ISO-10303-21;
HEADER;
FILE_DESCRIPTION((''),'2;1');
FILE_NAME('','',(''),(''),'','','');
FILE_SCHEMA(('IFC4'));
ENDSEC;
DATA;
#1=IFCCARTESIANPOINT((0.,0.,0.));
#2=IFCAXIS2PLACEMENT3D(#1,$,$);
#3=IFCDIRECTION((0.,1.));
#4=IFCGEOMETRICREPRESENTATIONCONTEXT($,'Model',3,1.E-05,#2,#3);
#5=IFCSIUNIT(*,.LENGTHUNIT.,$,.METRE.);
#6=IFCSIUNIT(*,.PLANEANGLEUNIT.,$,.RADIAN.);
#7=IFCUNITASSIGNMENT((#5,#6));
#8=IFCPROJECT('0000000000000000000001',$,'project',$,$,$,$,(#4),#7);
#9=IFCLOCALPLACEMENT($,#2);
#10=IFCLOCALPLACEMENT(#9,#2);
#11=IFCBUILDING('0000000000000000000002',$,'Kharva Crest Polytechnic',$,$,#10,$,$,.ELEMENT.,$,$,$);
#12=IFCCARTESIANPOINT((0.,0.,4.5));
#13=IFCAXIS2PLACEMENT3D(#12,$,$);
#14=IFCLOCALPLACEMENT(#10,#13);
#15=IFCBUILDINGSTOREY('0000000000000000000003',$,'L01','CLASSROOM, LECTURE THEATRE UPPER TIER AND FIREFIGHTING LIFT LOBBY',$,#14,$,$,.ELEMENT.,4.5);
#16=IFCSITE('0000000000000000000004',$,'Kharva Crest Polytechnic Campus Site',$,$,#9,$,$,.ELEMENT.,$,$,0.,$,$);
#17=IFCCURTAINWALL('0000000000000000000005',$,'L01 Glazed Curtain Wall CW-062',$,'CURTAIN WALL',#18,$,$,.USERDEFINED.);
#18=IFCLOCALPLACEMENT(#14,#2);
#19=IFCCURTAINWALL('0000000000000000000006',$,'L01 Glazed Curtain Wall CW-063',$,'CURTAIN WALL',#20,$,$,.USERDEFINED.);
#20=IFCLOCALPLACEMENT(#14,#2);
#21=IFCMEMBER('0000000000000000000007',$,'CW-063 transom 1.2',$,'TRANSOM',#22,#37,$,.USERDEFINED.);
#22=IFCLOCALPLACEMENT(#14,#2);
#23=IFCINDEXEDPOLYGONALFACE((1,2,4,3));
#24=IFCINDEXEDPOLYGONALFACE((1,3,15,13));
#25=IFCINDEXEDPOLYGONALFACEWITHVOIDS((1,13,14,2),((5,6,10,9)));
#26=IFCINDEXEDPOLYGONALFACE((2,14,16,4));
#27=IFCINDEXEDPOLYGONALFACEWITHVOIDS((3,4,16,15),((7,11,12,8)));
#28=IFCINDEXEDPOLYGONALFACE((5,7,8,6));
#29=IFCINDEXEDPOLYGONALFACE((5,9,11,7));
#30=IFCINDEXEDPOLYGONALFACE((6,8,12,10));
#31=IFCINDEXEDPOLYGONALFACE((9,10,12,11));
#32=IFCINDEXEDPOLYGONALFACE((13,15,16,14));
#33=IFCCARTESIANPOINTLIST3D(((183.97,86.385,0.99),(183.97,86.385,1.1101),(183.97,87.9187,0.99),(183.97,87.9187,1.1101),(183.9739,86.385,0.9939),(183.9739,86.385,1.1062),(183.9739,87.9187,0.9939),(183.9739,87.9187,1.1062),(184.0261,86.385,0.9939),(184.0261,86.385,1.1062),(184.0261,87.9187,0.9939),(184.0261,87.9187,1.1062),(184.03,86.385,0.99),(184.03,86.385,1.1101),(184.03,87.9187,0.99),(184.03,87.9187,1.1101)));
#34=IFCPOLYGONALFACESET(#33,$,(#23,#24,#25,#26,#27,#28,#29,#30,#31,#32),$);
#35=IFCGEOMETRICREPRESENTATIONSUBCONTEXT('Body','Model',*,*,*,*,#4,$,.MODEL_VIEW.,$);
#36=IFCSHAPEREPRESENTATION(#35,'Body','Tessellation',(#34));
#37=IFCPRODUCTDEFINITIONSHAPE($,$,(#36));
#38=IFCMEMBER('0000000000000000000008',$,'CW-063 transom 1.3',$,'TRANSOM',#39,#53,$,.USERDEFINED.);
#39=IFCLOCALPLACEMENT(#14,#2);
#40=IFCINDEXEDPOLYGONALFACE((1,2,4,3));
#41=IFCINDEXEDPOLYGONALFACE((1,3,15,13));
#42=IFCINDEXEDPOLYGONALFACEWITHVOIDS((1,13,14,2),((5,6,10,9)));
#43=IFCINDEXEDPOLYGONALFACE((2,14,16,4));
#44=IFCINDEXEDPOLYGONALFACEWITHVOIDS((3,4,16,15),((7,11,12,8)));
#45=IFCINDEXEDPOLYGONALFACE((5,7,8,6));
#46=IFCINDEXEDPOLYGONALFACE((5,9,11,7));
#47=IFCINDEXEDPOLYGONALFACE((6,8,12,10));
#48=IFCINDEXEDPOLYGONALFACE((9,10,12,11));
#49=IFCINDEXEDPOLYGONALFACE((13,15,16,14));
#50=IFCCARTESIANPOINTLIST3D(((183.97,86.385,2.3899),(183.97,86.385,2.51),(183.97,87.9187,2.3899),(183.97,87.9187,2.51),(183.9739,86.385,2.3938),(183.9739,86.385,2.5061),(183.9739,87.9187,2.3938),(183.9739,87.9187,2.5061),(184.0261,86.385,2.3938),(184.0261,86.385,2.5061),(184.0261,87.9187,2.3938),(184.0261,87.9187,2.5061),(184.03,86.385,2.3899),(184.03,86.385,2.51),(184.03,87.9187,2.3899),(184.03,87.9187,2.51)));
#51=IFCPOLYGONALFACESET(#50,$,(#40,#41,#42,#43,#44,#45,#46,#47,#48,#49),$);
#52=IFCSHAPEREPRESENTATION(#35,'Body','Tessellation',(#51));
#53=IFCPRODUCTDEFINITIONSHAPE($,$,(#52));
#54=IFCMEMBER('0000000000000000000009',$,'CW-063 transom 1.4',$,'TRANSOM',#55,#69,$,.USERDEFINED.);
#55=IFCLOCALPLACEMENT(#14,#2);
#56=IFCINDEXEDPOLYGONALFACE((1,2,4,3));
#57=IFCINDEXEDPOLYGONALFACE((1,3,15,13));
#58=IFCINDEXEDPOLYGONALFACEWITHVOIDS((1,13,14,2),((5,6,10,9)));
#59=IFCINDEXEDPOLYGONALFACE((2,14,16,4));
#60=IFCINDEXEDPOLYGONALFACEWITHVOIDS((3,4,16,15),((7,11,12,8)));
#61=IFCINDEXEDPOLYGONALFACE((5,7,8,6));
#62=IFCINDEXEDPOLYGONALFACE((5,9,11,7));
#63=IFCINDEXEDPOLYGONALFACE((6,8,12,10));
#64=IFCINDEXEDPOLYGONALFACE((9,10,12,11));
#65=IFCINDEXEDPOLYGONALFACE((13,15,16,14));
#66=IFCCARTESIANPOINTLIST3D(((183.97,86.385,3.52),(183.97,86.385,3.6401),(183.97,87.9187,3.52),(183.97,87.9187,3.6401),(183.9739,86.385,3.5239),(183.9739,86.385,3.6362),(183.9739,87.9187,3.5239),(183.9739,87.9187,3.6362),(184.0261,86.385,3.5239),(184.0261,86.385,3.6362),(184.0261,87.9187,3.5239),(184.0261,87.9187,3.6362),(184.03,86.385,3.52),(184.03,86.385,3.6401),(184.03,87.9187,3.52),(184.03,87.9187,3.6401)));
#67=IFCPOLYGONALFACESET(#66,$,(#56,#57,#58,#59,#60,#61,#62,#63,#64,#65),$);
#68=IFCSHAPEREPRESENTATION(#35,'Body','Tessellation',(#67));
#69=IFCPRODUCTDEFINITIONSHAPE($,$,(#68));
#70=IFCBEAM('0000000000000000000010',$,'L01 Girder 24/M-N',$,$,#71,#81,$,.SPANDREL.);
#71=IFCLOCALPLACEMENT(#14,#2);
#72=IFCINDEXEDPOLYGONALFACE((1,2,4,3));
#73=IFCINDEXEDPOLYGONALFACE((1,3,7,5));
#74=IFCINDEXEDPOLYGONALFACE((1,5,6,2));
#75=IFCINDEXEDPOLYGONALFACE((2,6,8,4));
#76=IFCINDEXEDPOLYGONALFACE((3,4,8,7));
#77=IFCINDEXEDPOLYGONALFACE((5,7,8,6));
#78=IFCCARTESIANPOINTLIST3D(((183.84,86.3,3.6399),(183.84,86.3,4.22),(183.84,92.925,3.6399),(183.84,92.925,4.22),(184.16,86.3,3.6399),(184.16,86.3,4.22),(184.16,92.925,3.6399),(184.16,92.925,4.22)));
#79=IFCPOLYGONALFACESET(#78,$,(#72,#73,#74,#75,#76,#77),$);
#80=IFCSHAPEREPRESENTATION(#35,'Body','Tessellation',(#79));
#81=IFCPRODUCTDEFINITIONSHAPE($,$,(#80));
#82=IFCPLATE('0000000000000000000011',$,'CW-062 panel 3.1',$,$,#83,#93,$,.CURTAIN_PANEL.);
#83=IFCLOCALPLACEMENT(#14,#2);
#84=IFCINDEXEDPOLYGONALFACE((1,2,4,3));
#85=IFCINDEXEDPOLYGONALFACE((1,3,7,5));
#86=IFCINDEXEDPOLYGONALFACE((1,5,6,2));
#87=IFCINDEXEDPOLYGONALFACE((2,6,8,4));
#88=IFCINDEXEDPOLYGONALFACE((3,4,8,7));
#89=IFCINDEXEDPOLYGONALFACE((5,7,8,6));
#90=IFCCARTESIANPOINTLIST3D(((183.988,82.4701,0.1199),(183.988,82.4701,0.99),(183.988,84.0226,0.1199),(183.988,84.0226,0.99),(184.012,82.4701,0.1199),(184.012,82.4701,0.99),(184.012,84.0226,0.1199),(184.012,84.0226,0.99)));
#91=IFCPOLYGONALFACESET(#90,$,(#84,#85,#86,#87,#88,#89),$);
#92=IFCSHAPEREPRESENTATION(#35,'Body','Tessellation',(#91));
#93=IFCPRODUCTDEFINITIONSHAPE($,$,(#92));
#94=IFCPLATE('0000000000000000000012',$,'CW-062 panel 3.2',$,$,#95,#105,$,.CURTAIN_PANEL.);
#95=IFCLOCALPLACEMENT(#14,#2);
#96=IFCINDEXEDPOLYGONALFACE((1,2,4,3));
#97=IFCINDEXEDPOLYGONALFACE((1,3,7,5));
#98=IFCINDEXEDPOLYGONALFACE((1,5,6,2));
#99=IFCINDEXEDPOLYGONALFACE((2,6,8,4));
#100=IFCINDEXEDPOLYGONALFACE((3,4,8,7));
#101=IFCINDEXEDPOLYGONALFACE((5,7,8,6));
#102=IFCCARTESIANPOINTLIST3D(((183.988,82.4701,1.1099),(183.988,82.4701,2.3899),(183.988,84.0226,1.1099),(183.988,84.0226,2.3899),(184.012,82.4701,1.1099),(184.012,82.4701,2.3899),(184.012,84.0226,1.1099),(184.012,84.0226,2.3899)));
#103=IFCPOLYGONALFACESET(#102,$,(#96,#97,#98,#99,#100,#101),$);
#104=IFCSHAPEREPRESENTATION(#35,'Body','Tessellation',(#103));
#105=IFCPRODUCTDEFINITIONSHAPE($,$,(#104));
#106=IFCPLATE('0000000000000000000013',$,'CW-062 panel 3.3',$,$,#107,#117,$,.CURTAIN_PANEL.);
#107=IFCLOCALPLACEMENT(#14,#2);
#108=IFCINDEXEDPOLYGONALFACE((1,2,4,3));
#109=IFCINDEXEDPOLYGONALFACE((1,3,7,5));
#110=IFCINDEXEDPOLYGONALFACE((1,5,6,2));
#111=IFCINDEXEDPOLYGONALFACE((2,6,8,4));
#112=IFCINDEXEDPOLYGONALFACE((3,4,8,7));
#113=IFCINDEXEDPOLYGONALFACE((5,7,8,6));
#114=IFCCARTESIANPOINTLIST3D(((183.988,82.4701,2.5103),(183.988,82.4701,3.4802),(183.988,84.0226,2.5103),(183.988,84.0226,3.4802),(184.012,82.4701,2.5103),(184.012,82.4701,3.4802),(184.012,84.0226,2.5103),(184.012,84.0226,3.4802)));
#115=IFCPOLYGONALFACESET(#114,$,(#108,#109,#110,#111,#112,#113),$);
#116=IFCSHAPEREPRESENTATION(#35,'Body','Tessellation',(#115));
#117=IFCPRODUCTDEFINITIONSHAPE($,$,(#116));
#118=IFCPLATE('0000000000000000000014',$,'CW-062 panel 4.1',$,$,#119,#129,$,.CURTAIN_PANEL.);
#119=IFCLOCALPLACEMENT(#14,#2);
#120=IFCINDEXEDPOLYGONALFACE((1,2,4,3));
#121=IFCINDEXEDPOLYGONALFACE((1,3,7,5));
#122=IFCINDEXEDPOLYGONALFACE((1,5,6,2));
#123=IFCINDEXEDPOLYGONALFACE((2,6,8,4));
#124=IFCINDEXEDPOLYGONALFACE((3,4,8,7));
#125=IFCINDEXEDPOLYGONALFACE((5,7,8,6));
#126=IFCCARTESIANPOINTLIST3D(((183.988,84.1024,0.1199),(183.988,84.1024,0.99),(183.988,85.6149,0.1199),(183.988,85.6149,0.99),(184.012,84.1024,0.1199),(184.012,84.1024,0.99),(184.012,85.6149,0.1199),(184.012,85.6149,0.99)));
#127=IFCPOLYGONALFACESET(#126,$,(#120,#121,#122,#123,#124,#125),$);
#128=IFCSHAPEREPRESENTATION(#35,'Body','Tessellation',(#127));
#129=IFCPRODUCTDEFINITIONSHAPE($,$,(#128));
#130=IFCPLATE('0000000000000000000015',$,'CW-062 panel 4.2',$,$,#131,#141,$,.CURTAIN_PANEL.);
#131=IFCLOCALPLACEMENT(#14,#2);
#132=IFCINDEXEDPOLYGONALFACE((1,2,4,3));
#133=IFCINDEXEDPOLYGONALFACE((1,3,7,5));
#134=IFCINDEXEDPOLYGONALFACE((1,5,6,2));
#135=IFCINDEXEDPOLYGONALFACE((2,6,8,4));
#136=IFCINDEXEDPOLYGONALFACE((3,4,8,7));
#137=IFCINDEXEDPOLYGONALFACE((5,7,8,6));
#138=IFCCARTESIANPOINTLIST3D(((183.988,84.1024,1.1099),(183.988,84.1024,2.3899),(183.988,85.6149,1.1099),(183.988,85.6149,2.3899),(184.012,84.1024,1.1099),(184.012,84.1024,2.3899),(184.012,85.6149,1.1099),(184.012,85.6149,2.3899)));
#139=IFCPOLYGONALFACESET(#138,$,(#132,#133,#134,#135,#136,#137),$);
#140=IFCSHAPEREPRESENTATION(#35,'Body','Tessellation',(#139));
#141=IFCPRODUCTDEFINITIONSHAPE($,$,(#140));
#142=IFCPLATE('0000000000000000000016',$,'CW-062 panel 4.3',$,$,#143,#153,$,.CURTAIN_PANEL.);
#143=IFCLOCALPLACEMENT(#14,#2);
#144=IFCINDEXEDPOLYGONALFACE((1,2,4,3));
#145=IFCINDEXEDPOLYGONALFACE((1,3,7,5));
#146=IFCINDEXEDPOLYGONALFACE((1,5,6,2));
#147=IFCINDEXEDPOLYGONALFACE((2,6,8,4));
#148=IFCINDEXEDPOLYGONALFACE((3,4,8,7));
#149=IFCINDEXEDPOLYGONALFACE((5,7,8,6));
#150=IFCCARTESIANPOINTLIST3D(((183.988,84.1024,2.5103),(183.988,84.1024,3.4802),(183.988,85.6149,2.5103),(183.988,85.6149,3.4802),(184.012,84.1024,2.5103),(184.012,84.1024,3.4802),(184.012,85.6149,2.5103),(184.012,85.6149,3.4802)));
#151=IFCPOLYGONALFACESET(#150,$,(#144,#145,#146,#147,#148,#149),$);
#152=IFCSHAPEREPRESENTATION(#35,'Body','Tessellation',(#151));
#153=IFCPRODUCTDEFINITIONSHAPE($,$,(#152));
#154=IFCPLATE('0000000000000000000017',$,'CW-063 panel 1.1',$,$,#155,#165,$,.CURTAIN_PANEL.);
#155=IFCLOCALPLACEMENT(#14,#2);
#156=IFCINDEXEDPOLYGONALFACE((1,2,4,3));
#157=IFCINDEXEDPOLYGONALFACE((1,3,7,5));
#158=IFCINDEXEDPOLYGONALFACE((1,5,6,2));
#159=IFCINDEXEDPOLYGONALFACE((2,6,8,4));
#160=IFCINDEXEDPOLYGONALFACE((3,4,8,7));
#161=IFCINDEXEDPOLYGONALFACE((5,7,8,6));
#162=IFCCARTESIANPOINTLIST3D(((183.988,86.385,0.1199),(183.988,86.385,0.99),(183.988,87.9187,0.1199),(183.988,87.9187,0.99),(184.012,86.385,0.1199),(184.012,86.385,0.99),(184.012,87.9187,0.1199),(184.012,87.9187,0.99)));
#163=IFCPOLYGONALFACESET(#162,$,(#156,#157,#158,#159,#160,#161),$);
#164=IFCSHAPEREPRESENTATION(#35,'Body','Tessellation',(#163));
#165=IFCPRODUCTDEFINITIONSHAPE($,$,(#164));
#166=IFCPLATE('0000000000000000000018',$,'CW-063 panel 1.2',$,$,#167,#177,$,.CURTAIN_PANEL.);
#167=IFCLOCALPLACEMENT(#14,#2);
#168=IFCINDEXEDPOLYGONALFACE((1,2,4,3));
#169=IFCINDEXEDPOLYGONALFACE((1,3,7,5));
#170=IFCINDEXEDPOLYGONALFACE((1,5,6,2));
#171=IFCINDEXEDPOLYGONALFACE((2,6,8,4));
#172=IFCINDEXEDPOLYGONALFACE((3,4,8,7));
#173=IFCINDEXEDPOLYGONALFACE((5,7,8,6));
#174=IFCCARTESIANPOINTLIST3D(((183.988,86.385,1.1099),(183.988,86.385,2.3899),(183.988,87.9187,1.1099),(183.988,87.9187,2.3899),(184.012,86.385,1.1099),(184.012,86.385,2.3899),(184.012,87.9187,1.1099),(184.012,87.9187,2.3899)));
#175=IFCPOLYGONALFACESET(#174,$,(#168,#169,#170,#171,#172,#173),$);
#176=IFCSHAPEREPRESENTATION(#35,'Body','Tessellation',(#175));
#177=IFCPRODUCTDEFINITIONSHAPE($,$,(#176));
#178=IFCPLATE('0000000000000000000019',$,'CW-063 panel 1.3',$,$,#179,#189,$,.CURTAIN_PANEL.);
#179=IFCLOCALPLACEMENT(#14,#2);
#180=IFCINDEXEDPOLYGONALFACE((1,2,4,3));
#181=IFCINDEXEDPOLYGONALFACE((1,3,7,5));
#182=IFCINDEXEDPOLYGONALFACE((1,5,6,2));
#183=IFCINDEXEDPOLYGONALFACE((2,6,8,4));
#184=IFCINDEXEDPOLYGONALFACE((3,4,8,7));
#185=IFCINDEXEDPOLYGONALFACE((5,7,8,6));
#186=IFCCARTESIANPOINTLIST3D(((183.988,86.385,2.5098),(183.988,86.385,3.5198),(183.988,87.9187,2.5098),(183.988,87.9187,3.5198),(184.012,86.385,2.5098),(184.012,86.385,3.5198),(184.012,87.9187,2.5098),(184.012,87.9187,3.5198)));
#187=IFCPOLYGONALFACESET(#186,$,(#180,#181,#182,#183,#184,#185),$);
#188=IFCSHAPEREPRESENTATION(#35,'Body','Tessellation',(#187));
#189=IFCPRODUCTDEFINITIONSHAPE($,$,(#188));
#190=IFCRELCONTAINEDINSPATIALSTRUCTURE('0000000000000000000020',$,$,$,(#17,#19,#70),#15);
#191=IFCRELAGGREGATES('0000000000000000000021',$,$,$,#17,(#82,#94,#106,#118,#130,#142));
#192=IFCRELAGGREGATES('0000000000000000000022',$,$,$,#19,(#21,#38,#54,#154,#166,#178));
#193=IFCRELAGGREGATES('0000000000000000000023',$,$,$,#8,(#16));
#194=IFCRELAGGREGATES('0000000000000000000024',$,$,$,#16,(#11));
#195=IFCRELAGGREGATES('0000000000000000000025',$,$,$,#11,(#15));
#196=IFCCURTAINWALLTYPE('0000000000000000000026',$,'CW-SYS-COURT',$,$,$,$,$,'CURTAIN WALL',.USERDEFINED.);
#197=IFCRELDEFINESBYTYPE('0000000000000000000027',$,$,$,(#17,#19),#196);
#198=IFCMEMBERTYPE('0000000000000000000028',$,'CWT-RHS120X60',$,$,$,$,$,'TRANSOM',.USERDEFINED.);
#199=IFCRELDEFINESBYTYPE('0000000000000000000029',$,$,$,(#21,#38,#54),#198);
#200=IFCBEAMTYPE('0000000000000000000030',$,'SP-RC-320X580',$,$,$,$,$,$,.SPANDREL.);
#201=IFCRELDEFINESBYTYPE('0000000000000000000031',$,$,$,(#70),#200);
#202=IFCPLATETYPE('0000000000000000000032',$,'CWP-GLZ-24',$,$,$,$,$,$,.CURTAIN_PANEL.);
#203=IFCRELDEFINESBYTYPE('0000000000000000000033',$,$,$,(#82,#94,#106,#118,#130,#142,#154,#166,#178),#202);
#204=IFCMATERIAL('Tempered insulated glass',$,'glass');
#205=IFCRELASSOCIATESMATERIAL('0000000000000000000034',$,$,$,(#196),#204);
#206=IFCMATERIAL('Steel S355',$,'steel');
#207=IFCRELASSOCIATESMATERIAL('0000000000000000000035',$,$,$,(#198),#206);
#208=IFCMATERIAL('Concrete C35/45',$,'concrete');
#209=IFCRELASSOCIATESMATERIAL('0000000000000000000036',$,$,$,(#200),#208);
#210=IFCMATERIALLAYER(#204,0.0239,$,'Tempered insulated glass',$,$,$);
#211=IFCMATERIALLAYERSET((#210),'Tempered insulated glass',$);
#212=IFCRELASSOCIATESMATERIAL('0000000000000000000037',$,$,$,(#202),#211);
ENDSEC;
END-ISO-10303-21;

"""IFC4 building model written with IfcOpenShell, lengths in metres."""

from ifc_helpers import new_model, si_unit, direction, frame, origin, origin_2d, place, context, subcontext, project, spatial, rectangle, hollow_rectangle, extrude, material, layer, layer_set, material_profile, profile_set, type_object, element, aggregate, save


model = new_model("IFC4")

# Units and contexts
model_context = context("Model", 3, precision=1e-05, world=origin(), true_north=direction((0.0, 1.0)))
body_context = subcontext(model_context, "Body", "Model", "MODEL_VIEW")
ifc_project = project(units=[si_unit("LENGTHUNIT", "METRE"), si_unit("PLANEANGLEUNIT", "RADIAN")], contexts=[model_context])

# Site, building, storey
site_placement = place(None, origin())
site = spatial("IfcSite", under=ifc_project, at=site_placement, Name="Kharva Crest Polytechnic Campus Site", CompositionType="ELEMENT", RefElevation=0.0)
building_placement = place(site_placement, origin())
building = spatial("IfcBuilding", under=site, at=building_placement, Name="Kharva Crest Polytechnic", CompositionType="ELEMENT")
storey_placement = place(building_placement, frame((0.0, 0.0, 4.5)))
storey = spatial("IfcBuildingStorey", under=building, at=storey_placement, Name="L01", Description="CLASSROOM, LECTURE THEATRE UPPER TIER AND FIREFIGHTING LIFT LOBBY", CompositionType="ELEMENT", Elevation=4.5)

# Curtain walls
ifc_material_1 = material(Name="Tempered insulated glass", Category="glass")
curtain_wall_type = type_object("IfcCurtainWallType", Name="CW-SYS-COURT", ElementType="CURTAIN WALL", PredefinedType="USERDEFINED", material=ifc_material_1)
curtain_wall_1_placement = place(storey_placement, origin())
curtain_wall_1 = element("IfcCurtainWall", 1, at=curtain_wall_1_placement, inside=storey, type_object=curtain_wall_type, Name="L01 Glazed Curtain Wall CW-062", ObjectType="CURTAIN WALL", PredefinedType="USERDEFINED")
ifc_material_2 = material(Name="Steel S355", Category="steel")
curtain_wall_2_placement = place(storey_placement, origin())
curtain_wall_2 = element("IfcCurtainWall", 2, at=curtain_wall_2_placement, inside=storey, type_object=curtain_wall_type, Name="L01 Glazed Curtain Wall CW-063", ObjectType="CURTAIN WALL", PredefinedType="USERDEFINED")

# Members
ifc_material_profile_1 = material_profile(ifc_material_2, hollow_rectangle(XDim=0.0601, YDim=0.1201, WallThickness=0.0039, at=origin_2d()), Name="RHS 120X60X4.0")
ifc_profile_set_1 = profile_set([ifc_material_profile_1], Name="Steel S355")
member_type_1 = type_object("IfcMemberType", Name="CWT-RHS120X60", ElementType="TRANSOM", PredefinedType="USERDEFINED", material=ifc_profile_set_1)
member_1_placement = place(storey_placement, frame((184.0, 86.385, 1.05), z_axis=(0.0, 1.0, 0.0), x_axis=(-1.0, 0.0, 0.0)))
member_1 = element("IfcMember", 3, at=member_1_placement, type_object=member_type_1, Name="CW-063 transom 1.2", ObjectType="TRANSOM", PredefinedType="USERDEFINED", context=body_context, shape_type="SweptSolid", body=[
    extrude(hollow_rectangle(XDim=0.0601, YDim=0.1201, WallThickness=0.0039, at=origin_2d()), origin(), (0.0, 0.0, 1.0), 1.5337),
])
member_2_placement = place(storey_placement, frame((184.0, 86.385, 2.45), z_axis=(0.0, 1.0, 0.0), x_axis=(-1.0, 0.0, 0.0)))
member_2 = element("IfcMember", 4, at=member_2_placement, type_object=member_type_1, Name="CW-063 transom 1.3", ObjectType="TRANSOM", PredefinedType="USERDEFINED", context=body_context, shape_type="SweptSolid", body=[
    extrude(hollow_rectangle(XDim=0.0601, YDim=0.1201, WallThickness=0.0039, at=origin_2d()), origin(), (0.0, 0.0, 1.0), 1.5337),
])
member_3_placement = place(storey_placement, frame((184.0, 86.385, 3.5801), z_axis=(0.0, 1.0, 0.0), x_axis=(-1.0, 0.0, 0.0)))
member_3 = element("IfcMember", 5, at=member_3_placement, type_object=member_type_1, Name="CW-063 transom 1.4", ObjectType="TRANSOM", PredefinedType="USERDEFINED", context=body_context, shape_type="SweptSolid", body=[
    extrude(hollow_rectangle(XDim=0.0601, YDim=0.1201, WallThickness=0.0039, at=origin_2d()), origin(), (0.0, 0.0, 1.0), 1.5337),
])

# Beam
ifc_material_3 = material(Name="Concrete C35/45", Category="concrete")
ifc_material_profile_2 = material_profile(ifc_material_3, rectangle(XDim=0.3201, YDim=0.5801, at=origin_2d()), Name="RECT 320 X 580")
ifc_profile_set_2 = profile_set([ifc_material_profile_2], Name="Concrete C35/45")
beam_type = type_object("IfcBeamType", Name="SP-RC-320X580", PredefinedType="SPANDREL", material=ifc_profile_set_2)
beam_placement = place(storey_placement, frame((184.0, 86.3, 3.9299), z_axis=(0.0, 1.0, 0.0), x_axis=(-1.0, 0.0, 0.0)))
element("IfcBeam", 6, at=beam_placement, inside=storey, type_object=beam_type, Name="L01 Girder 24/M-N", PredefinedType="SPANDREL", context=body_context, shape_type="SweptSolid", body=[
    extrude(rectangle(XDim=0.3201, YDim=0.5801, at=origin_2d()), origin(), (0.0, 0.0, 1.0), 6.625),
])

# Plates
ifc_layer = layer(ifc_material_1, 0.0239, Name="Tempered insulated glass")
ifc_layer_set = layer_set([ifc_layer], Name="Tempered insulated glass")
plate_type = type_object("IfcPlateType", Name="CWP-GLZ-24", PredefinedType="CURTAIN_PANEL", material=ifc_layer_set)
plate_1_placement = place(storey_placement, frame((184.0, 83.2463, 0.1199), z_axis=(0.0, 0.0, 1.0), x_axis=(0.0, 1.0, 0.0)))
plate_1 = element("IfcPlate", 7, at=plate_1_placement, type_object=plate_type, Name="CW-062 panel 3.1", PredefinedType="CURTAIN_PANEL", context=body_context, shape_type="SweptSolid", body=[
    extrude(rectangle(XDim=1.5525, YDim=0.0239, at=origin_2d()), origin(), (0.0, 0.0, 1.0), 0.8701),
])
plate_2_placement = place(storey_placement, frame((184.0, 83.2463, 1.1099), z_axis=(0.0, 0.0, 1.0), x_axis=(0.0, 1.0, 0.0)))
plate_2 = element("IfcPlate", 8, at=plate_2_placement, type_object=plate_type, Name="CW-062 panel 3.2", PredefinedType="CURTAIN_PANEL", context=body_context, shape_type="SweptSolid", body=[
    extrude(rectangle(XDim=1.5525, YDim=0.0239, at=origin_2d()), origin(), (0.0, 0.0, 1.0), 1.28),
])
plate_3_placement = place(storey_placement, frame((184.0, 83.2463, 2.5103), z_axis=(0.0, 0.0, 1.0), x_axis=(0.0, 1.0, 0.0)))
plate_3 = element("IfcPlate", 9, at=plate_3_placement, type_object=plate_type, Name="CW-062 panel 3.3", PredefinedType="CURTAIN_PANEL", context=body_context, shape_type="SweptSolid", body=[
    extrude(rectangle(XDim=1.5525, YDim=0.0239, at=origin_2d()), origin(), (0.0, 0.0, 1.0), 0.97),
])
plate_4_placement = place(storey_placement, frame((184.0, 84.8586, 0.1199), z_axis=(0.0, 0.0, 1.0), x_axis=(0.0, 1.0, 0.0)))
plate_4 = element("IfcPlate", 10, at=plate_4_placement, type_object=plate_type, Name="CW-062 panel 4.1", PredefinedType="CURTAIN_PANEL", context=body_context, shape_type="SweptSolid", body=[
    extrude(rectangle(XDim=1.5125, YDim=0.0239, at=origin_2d()), origin(), (0.0, 0.0, 1.0), 0.8701),
])
plate_5_placement = place(storey_placement, frame((184.0, 84.8586, 1.1099), z_axis=(0.0, 0.0, 1.0), x_axis=(0.0, 1.0, 0.0)))
plate_5 = element("IfcPlate", 11, at=plate_5_placement, type_object=plate_type, Name="CW-062 panel 4.2", PredefinedType="CURTAIN_PANEL", context=body_context, shape_type="SweptSolid", body=[
    extrude(rectangle(XDim=1.5125, YDim=0.0239, at=origin_2d()), origin(), (0.0, 0.0, 1.0), 1.28),
])
plate_6_placement = place(storey_placement, frame((184.0, 84.8586, 2.5103), z_axis=(0.0, 0.0, 1.0), x_axis=(0.0, 1.0, 0.0)))
plate_6 = element("IfcPlate", 12, at=plate_6_placement, type_object=plate_type, Name="CW-062 panel 4.3", PredefinedType="CURTAIN_PANEL", context=body_context, shape_type="SweptSolid", body=[
    extrude(rectangle(XDim=1.5125, YDim=0.0239, at=origin_2d()), origin(), (0.0, 0.0, 1.0), 0.97),
])
aggregate(curtain_wall_1, [plate_1, plate_2, plate_3, plate_4, plate_5, plate_6])
plate_7_placement = place(storey_placement, frame((184.0, 87.1519, 0.1199), z_axis=(0.0, 0.0, 1.0), x_axis=(0.0, 1.0, 0.0)))
plate_7 = element("IfcPlate", 13, at=plate_7_placement, type_object=plate_type, Name="CW-063 panel 1.1", PredefinedType="CURTAIN_PANEL", context=body_context, shape_type="SweptSolid", body=[
    extrude(rectangle(XDim=1.5337, YDim=0.0239, at=origin_2d()), origin(), (0.0, 0.0, 1.0), 0.8701),
])
plate_8_placement = place(storey_placement, frame((184.0, 87.1519, 1.1099), z_axis=(0.0, 0.0, 1.0), x_axis=(0.0, 1.0, 0.0)))
plate_8 = element("IfcPlate", 14, at=plate_8_placement, type_object=plate_type, Name="CW-063 panel 1.2", PredefinedType="CURTAIN_PANEL", context=body_context, shape_type="SweptSolid", body=[
    extrude(rectangle(XDim=1.5337, YDim=0.0239, at=origin_2d()), origin(), (0.0, 0.0, 1.0), 1.28),
])
plate_9_placement = place(storey_placement, frame((184.0, 87.1519, 2.5098), z_axis=(0.0, 0.0, 1.0), x_axis=(0.0, 1.0, 0.0)))
plate_9 = element("IfcPlate", 15, at=plate_9_placement, type_object=plate_type, Name="CW-063 panel 1.3", PredefinedType="CURTAIN_PANEL", context=body_context, shape_type="SweptSolid", body=[
    extrude(rectangle(XDim=1.5337, YDim=0.0239, at=origin_2d()), origin(), (0.0, 0.0, 1.0), 1.01),
])
aggregate(curtain_wall_2, [member_1, member_2, member_3, plate_7, plate_8, plate_9])

save(model, "model.ifc")
